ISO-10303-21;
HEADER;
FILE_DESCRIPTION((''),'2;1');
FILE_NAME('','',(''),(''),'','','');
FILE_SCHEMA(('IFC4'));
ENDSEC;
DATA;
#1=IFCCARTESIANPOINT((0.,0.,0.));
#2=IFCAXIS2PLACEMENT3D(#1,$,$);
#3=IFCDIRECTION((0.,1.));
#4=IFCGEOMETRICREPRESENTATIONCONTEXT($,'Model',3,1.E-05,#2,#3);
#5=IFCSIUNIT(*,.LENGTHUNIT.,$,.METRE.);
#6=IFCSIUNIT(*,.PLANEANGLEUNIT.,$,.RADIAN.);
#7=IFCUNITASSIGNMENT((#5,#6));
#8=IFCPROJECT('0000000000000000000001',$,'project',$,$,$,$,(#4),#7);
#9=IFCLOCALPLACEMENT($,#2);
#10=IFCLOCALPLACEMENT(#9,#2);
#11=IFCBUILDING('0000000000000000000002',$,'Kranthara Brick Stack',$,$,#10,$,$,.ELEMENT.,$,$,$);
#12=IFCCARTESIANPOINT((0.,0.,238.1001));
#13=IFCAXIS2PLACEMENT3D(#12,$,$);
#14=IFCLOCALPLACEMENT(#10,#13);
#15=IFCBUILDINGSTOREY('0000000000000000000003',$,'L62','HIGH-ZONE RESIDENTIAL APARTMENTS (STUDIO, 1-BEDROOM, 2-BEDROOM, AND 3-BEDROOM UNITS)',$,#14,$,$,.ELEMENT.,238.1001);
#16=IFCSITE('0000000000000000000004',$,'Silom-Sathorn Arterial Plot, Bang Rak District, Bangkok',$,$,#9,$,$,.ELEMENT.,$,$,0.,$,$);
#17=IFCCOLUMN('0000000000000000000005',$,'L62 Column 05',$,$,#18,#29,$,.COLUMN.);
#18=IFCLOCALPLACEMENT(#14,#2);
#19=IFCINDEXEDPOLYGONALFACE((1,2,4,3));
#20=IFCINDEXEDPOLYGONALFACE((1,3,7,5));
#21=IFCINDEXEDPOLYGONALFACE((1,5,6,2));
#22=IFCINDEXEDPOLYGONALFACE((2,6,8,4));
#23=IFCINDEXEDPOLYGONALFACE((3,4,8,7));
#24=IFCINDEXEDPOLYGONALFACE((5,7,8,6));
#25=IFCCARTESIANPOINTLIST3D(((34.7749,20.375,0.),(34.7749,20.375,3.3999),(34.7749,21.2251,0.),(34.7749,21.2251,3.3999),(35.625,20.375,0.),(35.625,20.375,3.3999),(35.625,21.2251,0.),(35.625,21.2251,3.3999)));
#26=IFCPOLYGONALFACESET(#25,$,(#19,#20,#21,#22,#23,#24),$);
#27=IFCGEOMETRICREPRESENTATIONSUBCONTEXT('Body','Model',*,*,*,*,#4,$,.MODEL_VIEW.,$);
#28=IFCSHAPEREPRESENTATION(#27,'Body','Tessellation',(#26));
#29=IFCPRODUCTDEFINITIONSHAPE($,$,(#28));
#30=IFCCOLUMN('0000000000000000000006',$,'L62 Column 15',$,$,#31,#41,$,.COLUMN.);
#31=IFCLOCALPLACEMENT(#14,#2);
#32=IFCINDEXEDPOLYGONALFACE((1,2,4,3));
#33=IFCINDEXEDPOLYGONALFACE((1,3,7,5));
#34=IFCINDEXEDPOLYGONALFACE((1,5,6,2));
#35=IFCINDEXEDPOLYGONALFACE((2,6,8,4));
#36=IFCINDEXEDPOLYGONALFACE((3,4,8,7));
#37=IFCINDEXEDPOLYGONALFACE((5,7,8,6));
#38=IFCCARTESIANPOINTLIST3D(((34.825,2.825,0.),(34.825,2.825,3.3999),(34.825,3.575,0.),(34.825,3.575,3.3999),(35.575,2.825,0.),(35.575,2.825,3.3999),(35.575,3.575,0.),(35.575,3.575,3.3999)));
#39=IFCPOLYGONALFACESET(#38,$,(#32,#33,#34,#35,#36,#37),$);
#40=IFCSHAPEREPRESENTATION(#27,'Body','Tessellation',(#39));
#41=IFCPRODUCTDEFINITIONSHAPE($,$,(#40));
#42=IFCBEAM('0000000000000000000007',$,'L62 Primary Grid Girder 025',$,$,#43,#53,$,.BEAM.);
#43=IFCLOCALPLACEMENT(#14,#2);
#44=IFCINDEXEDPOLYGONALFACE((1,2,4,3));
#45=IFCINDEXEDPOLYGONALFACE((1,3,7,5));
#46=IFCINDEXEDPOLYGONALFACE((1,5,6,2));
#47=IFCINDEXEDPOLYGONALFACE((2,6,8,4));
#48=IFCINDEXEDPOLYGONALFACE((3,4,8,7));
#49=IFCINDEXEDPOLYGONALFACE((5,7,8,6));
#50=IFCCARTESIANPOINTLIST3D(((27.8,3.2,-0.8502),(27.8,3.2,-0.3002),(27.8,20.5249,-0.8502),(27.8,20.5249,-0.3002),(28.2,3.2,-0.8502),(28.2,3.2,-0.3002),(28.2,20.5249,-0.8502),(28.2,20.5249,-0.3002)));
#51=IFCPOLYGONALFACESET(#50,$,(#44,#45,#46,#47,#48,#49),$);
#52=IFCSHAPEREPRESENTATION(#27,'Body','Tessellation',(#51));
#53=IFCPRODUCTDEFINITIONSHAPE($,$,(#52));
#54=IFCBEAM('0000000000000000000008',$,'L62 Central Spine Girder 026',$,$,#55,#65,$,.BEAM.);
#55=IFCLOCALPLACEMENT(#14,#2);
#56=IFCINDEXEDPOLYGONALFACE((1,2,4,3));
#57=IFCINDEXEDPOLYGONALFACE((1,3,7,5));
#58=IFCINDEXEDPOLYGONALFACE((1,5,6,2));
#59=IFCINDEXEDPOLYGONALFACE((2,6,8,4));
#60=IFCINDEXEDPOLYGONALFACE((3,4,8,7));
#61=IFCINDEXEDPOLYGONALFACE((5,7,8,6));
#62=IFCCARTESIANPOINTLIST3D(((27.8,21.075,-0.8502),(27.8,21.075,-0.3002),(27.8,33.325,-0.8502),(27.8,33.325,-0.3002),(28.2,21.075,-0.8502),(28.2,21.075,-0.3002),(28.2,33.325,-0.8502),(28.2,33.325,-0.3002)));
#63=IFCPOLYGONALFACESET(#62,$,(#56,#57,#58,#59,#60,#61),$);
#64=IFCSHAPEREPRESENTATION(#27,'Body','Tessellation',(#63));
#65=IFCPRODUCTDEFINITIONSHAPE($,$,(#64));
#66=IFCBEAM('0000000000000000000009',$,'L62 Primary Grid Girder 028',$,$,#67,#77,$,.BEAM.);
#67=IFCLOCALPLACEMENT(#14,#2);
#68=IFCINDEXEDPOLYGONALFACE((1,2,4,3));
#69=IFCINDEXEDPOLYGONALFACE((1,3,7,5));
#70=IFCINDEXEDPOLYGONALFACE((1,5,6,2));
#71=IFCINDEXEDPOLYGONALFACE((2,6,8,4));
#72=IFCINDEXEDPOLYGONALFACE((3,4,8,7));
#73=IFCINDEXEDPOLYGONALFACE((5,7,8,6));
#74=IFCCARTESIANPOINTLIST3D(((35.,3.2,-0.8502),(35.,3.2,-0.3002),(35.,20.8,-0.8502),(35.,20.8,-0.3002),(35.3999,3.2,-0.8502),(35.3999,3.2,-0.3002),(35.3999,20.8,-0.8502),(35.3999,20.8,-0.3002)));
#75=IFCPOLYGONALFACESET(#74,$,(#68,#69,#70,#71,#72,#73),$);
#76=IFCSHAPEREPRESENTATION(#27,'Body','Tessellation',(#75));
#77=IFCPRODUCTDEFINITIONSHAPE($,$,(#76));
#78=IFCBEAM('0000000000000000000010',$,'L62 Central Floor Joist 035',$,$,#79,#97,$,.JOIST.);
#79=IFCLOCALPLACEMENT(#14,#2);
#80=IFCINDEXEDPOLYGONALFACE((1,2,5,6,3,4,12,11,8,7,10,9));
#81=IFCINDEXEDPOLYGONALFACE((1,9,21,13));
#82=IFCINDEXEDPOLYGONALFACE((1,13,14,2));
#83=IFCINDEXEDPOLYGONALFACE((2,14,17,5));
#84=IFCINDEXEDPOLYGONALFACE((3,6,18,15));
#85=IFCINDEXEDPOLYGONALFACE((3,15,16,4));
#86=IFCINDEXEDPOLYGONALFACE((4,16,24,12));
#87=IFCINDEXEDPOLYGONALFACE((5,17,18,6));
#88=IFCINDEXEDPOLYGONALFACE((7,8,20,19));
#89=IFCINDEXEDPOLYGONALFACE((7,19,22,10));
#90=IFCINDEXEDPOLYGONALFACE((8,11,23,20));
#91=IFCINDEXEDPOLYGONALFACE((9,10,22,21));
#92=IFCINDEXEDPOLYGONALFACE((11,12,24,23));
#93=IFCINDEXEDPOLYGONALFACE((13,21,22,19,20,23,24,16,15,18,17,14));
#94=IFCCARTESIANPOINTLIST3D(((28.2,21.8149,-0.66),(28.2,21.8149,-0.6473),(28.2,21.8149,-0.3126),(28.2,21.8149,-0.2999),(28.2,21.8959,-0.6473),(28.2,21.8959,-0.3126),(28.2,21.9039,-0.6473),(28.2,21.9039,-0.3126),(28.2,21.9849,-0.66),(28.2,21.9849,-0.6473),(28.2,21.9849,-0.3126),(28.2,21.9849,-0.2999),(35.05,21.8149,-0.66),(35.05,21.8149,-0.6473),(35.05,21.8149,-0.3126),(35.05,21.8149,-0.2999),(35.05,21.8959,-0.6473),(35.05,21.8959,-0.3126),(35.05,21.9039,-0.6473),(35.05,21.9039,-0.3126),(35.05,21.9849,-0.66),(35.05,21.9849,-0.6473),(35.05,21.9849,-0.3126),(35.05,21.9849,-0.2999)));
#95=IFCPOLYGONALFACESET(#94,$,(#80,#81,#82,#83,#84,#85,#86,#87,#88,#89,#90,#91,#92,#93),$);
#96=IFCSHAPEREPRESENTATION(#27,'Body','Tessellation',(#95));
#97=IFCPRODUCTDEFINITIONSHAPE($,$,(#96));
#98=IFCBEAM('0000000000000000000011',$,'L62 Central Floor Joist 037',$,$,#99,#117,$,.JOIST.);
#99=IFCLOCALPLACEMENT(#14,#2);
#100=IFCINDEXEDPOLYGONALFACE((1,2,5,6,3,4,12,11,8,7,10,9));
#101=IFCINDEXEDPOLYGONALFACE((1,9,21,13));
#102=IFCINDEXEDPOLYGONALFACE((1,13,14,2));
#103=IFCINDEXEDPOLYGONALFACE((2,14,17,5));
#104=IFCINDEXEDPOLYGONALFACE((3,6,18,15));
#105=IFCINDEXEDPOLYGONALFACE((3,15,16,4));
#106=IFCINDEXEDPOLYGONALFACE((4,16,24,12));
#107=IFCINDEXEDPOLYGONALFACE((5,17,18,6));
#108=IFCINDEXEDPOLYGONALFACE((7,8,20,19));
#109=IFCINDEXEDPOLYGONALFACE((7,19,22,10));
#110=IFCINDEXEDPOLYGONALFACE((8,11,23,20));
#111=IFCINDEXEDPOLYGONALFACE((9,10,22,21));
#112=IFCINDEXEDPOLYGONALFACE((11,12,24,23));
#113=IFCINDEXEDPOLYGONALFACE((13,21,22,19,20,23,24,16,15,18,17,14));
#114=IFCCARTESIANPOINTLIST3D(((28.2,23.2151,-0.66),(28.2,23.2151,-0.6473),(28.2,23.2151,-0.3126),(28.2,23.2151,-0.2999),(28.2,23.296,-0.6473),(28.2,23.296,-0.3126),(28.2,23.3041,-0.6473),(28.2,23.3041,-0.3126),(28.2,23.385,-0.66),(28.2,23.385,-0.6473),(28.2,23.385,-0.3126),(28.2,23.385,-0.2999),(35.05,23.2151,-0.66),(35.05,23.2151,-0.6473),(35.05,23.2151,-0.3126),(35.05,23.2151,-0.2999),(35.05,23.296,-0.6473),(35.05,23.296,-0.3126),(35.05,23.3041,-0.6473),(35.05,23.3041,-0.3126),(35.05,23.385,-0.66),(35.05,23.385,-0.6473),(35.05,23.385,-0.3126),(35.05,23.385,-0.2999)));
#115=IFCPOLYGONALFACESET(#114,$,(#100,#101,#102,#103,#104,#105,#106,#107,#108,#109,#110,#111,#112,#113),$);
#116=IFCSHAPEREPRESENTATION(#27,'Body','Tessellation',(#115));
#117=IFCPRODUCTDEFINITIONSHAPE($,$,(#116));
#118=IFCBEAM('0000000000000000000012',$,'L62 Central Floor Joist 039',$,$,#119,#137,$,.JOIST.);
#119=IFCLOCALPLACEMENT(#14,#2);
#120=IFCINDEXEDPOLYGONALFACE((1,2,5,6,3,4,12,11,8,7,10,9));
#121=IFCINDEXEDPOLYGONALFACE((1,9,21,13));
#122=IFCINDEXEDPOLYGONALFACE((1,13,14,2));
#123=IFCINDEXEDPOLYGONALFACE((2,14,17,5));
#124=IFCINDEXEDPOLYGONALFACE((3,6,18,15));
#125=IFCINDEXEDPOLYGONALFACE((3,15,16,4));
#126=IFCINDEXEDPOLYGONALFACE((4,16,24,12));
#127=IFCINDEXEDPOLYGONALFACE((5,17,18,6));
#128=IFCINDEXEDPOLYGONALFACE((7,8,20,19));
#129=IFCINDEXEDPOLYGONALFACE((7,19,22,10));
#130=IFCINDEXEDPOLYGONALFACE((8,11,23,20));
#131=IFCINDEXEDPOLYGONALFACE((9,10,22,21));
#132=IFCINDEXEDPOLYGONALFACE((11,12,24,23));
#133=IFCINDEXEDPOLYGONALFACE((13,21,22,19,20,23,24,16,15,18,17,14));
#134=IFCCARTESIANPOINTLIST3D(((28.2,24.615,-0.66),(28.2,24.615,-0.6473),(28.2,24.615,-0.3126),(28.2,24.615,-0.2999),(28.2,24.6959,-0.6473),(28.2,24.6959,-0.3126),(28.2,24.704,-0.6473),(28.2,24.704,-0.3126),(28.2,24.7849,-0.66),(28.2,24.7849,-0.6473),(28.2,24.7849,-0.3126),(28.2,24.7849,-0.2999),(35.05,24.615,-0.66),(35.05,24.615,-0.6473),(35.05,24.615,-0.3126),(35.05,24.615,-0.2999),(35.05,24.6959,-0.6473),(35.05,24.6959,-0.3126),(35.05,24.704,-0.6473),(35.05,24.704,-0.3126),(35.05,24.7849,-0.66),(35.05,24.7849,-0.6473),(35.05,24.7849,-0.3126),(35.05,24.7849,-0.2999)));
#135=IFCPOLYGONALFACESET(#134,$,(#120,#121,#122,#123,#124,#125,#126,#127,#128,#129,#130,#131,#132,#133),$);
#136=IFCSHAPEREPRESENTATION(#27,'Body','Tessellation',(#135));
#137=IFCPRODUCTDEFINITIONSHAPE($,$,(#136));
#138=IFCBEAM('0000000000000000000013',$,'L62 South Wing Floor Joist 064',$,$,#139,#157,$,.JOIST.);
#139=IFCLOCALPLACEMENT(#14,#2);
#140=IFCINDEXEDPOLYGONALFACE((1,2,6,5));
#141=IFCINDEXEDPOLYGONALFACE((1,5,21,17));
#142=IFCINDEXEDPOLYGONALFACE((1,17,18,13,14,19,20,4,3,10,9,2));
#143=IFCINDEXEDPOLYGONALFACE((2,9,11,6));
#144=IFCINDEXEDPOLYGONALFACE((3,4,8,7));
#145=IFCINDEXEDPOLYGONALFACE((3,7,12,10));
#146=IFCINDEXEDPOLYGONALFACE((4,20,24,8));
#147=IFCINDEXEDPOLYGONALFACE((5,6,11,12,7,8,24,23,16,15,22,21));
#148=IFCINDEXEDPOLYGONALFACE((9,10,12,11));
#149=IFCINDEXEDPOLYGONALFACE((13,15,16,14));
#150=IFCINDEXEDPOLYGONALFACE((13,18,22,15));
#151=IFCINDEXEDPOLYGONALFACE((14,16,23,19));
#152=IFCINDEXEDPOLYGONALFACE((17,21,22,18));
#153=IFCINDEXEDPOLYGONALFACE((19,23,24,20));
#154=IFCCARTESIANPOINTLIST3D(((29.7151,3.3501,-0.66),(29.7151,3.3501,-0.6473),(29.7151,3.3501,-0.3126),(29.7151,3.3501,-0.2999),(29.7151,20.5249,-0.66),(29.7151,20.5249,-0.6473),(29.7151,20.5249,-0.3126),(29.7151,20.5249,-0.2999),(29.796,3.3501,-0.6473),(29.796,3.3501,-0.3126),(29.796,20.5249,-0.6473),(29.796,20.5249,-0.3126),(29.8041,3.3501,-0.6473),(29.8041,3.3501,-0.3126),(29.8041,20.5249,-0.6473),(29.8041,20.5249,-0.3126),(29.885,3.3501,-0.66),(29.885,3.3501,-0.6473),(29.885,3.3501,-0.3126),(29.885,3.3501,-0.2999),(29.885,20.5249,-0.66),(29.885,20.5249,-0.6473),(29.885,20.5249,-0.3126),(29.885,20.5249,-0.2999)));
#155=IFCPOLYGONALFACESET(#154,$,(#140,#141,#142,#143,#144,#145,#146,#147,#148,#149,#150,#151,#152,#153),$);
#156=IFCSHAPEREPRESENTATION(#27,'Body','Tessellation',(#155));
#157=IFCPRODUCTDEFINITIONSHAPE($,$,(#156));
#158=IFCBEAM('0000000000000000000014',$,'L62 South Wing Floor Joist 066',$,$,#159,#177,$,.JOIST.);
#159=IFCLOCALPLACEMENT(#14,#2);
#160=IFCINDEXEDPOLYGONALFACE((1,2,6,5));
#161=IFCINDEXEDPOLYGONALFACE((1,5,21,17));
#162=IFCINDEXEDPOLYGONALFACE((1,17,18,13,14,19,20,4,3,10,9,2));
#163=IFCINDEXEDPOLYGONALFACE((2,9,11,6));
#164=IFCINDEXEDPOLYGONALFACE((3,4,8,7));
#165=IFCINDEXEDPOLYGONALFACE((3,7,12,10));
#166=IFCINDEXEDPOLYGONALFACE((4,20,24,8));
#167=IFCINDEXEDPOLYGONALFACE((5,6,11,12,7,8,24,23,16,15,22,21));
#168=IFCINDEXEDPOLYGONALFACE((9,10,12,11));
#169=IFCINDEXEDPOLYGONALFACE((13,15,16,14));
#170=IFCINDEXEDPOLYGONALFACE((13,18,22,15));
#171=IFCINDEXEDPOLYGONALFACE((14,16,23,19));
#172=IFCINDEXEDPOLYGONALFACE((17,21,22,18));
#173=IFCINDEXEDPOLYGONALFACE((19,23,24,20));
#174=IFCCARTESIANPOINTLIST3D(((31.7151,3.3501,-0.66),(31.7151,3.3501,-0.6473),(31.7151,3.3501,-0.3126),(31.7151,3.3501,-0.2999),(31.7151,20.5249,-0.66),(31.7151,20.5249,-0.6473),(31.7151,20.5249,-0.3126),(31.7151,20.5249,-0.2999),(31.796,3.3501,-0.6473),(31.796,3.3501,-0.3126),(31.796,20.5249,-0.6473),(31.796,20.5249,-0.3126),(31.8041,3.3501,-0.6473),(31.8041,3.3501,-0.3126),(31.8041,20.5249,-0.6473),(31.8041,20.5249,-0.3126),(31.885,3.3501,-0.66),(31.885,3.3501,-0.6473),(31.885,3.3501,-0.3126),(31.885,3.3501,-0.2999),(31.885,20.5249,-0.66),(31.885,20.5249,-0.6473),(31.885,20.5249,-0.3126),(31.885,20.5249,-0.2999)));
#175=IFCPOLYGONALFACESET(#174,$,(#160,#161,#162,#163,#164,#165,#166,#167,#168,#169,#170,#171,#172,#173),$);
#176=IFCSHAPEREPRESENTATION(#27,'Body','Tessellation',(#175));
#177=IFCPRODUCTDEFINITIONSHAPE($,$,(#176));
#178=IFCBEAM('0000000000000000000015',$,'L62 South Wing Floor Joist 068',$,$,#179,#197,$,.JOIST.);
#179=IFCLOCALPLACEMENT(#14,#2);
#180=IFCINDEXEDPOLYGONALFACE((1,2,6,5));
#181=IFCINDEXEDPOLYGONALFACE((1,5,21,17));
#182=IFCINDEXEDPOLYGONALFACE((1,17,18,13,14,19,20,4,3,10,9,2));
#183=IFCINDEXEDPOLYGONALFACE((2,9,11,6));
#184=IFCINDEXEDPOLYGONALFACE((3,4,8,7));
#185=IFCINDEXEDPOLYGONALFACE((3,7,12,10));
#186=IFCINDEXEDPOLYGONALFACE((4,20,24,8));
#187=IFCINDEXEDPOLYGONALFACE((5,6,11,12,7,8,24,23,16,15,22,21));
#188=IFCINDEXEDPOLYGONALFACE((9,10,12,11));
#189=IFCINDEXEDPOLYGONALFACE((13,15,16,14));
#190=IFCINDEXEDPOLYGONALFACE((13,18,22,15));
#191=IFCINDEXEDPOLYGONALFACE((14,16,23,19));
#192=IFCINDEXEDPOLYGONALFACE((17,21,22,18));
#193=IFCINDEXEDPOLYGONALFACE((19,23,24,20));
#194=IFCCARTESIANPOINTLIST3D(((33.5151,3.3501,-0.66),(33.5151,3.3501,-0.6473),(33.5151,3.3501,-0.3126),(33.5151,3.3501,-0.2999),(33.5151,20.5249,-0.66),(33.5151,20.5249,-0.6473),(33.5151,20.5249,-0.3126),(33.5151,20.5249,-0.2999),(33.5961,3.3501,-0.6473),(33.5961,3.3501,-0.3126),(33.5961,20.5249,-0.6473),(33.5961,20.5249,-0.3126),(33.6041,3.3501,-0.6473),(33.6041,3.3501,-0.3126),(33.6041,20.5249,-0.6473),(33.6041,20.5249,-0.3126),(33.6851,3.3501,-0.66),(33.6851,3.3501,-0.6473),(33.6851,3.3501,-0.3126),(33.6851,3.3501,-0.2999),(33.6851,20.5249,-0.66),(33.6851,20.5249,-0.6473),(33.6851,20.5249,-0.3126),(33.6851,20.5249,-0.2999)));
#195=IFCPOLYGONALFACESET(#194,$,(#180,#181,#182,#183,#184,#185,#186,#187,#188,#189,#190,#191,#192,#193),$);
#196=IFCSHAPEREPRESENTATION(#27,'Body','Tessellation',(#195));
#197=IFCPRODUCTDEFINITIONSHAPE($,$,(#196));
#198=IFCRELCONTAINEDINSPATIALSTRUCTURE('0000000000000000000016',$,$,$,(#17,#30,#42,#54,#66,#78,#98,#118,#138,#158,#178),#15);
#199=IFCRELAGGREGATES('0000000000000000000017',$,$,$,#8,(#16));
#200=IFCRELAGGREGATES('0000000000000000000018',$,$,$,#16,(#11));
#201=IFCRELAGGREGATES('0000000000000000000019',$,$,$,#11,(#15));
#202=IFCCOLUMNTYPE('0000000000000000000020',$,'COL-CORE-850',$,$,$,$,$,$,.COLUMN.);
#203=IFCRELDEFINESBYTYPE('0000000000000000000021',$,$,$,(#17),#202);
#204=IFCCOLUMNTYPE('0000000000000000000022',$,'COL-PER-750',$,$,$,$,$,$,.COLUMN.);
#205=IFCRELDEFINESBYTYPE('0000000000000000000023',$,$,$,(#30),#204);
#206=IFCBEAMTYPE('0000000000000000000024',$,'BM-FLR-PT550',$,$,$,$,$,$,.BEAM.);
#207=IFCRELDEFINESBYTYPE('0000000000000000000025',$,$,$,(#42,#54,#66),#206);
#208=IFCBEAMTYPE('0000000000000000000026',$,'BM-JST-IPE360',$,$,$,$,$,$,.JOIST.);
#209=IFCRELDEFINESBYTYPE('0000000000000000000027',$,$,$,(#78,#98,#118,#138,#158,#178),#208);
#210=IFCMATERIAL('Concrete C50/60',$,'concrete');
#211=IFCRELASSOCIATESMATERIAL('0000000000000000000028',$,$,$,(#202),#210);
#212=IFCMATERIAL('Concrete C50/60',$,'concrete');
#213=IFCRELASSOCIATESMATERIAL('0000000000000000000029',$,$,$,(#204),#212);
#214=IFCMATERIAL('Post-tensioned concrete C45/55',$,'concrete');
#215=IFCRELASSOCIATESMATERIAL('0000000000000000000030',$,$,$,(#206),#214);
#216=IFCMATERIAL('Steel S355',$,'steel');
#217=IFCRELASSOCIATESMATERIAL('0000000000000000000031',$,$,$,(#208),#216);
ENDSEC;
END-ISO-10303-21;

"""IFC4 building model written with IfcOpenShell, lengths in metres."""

from ifc_helpers import new_model, si_unit, direction, frame, origin, origin_2d, place, context, subcontext, project, spatial, rectangle, i_section, extrude, material, material_profile, profile_set, type_object, element, save


model = new_model("IFC4")

# Units and contexts
model_context = context("Model", 3, precision=1e-05, world=origin(), true_north=direction((0.0, 1.0)))
body_context = subcontext(model_context, "Body", "Model", "MODEL_VIEW")
ifc_project = project(units=[si_unit("LENGTHUNIT", "METRE"), si_unit("PLANEANGLEUNIT", "RADIAN")], contexts=[model_context])

# Site, building, storey
site_placement = place(None, origin())
site = spatial("IfcSite", under=ifc_project, at=site_placement, Name="Silom-Sathorn Arterial Plot, Bang Rak District, Bangkok", CompositionType="ELEMENT", RefElevation=0.0)
building_placement = place(site_placement, origin())
building = spatial("IfcBuilding", under=site, at=building_placement, Name="Kranthara Brick Stack", CompositionType="ELEMENT")
storey_placement = place(building_placement, frame((0.0, 0.0, 238.1001)))
storey = spatial("IfcBuildingStorey", under=building, at=storey_placement, Name="L62", Description="HIGH-ZONE RESIDENTIAL APARTMENTS (STUDIO, 1-BEDROOM, 2-BEDROOM, AND 3-BEDROOM UNITS)", CompositionType="ELEMENT", Elevation=238.1001)

# Columns
ifc_material_1 = material(Name="Concrete C50/60", Category="concrete")
ifc_material_profile_1 = material_profile(ifc_material_1, rectangle(XDim=0.8501, YDim=0.8501, at=origin_2d()), Name="RC 850x850")
ifc_profile_set_1 = profile_set([ifc_material_profile_1], Name="Concrete C50/60")
column_type_1 = type_object("IfcColumnType", Name="COL-CORE-850", PredefinedType="COLUMN", material=ifc_profile_set_1)
column_1_placement = place(storey_placement, frame((35.2, 20.8, 0.0), z_axis=(0.0, 0.0, 1.0), x_axis=(1.0, 0.0, 0.0)))
element("IfcColumn", 1, at=column_1_placement, inside=storey, type_object=column_type_1, Name="L62 Column 05", PredefinedType="COLUMN", context=body_context, shape_type="SweptSolid", body=[
    extrude(rectangle(XDim=0.8501, YDim=0.8501, at=origin_2d()), origin(), (0.0, 0.0, 1.0), 3.3999),
])
ifc_material_2 = material(Name="Concrete C50/60", Category="concrete")
ifc_material_profile_2 = material_profile(ifc_material_2, rectangle(XDim=0.75, YDim=0.75, at=origin_2d()), Name="RC 750x750")
ifc_profile_set_2 = profile_set([ifc_material_profile_2], Name="Concrete C50/60")
column_type_2 = type_object("IfcColumnType", Name="COL-PER-750", PredefinedType="COLUMN", material=ifc_profile_set_2)
column_2_placement = place(storey_placement, frame((35.2, 3.2, 0.0), z_axis=(0.0, 0.0, 1.0), x_axis=(1.0, 0.0, 0.0)))
element("IfcColumn", 2, at=column_2_placement, inside=storey, type_object=column_type_2, Name="L62 Column 15", PredefinedType="COLUMN", context=body_context, shape_type="SweptSolid", body=[
    extrude(rectangle(XDim=0.75, YDim=0.75, at=origin_2d()), origin(), (0.0, 0.0, 1.0), 3.3999),
])

# Beams
ifc_material_3 = material(Name="Post-tensioned concrete C45/55", Category="concrete")
ifc_material_profile_3 = material_profile(ifc_material_3, rectangle(XDim=0.3999, YDim=0.55, at=origin_2d()), Name="PT 400x550")
ifc_profile_set_3 = profile_set([ifc_material_profile_3], Name="Post-tensioned concrete C45/55")
beam_type_1 = type_object("IfcBeamType", Name="BM-FLR-PT550", PredefinedType="BEAM", material=ifc_profile_set_3)
beam_1_placement = place(storey_placement, frame((28.0, 3.2, -0.5752), z_axis=(0.0, 1.0, 0.0), x_axis=(-1.0, 0.0, 0.0)))
element("IfcBeam", 3, at=beam_1_placement, inside=storey, type_object=beam_type_1, Name="L62 Primary Grid Girder 025", PredefinedType="BEAM", context=body_context, shape_type="SweptSolid", body=[
    extrude(rectangle(XDim=0.3999, YDim=0.55, at=origin_2d()), origin(), (0.0, 0.0, 1.0), 17.325),
])
beam_2_placement = place(storey_placement, frame((28.0, 21.075, -0.5752), z_axis=(0.0, 1.0, 0.0), x_axis=(-1.0, 0.0, 0.0)))
element("IfcBeam", 4, at=beam_2_placement, inside=storey, type_object=beam_type_1, Name="L62 Central Spine Girder 026", PredefinedType="BEAM", context=body_context, shape_type="SweptSolid", body=[
    extrude(rectangle(XDim=0.3999, YDim=0.55, at=origin_2d()), origin(), (0.0, 0.0, 1.0), 12.25),
])
beam_3_placement = place(storey_placement, frame((35.2, 3.2, -0.5752), z_axis=(0.0, 1.0, 0.0), x_axis=(-1.0, 0.0, 0.0)))
element("IfcBeam", 5, at=beam_3_placement, inside=storey, type_object=beam_type_1, Name="L62 Primary Grid Girder 028", PredefinedType="BEAM", context=body_context, shape_type="SweptSolid", body=[
    extrude(rectangle(XDim=0.3999, YDim=0.55, at=origin_2d()), origin(), (0.0, 0.0, 1.0), 17.6001),
])
ifc_material_4 = material(Name="Steel S355", Category="steel")
ifc_material_profile_4 = material_profile(ifc_material_4, i_section(OverallWidth=0.1699, OverallDepth=0.3601, WebThickness=0.0081, FlangeThickness=0.0127, at=origin_2d()), Name="IPE 360")
ifc_profile_set_4 = profile_set([ifc_material_profile_4], Name="Steel S355")
beam_type_2 = type_object("IfcBeamType", Name="BM-JST-IPE360", PredefinedType="JOIST", material=ifc_profile_set_4)
for number, where, z_axis, x_axis, name in (
    (6, (28.2, 21.8999, -0.48), (1.0, 0.0, 0.0), (0.0, 1.0, 0.0), "L62 Central Floor Joist 035"),
    (7, (28.2, 23.3, -0.48), (1.0, 0.0, 0.0), (0.0, 1.0, 0.0), "L62 Central Floor Joist 037"),
    (8, (28.2, 24.7, -0.48), (1.0, 0.0, 0.0), (0.0, 1.0, 0.0), "L62 Central Floor Joist 039"),
):
    element("IfcBeam", number, at=place(storey_placement, frame(where, z_axis=z_axis, x_axis=x_axis)), inside=storey, type_object=beam_type_2, Name=name, PredefinedType="JOIST", context=body_context, shape_type="SweptSolid", body=[
        extrude(i_section(OverallWidth=0.1699, OverallDepth=0.3601, WebThickness=0.0081, FlangeThickness=0.0127, at=origin_2d()), origin(), (0.0, 0.0, 1.0), 6.8501),
    ])
for number, where, z_axis, x_axis, name in (
    (9, (29.8, 3.3501, -0.48), (0.0, 1.0, 0.0), (-1.0, 0.0, 0.0), "L62 South Wing Floor Joist 064"),
    (10, (31.8, 3.3501, -0.48), (0.0, 1.0, 0.0), (-1.0, 0.0, 0.0), "L62 South Wing Floor Joist 066"),
    (11, (33.6001, 3.3501, -0.48), (0.0, 1.0, 0.0), (-1.0, 0.0, 0.0), "L62 South Wing Floor Joist 068"),
):
    element("IfcBeam", number, at=place(storey_placement, frame(where, z_axis=z_axis, x_axis=x_axis)), inside=storey, type_object=beam_type_2, Name=name, PredefinedType="JOIST", context=body_context, shape_type="SweptSolid", body=[
        extrude(i_section(OverallWidth=0.1699, OverallDepth=0.3601, WebThickness=0.0081, FlangeThickness=0.0127, at=origin_2d()), origin(), (0.0, 0.0, 1.0), 17.1748),
    ])

save(model, "model.ifc")
